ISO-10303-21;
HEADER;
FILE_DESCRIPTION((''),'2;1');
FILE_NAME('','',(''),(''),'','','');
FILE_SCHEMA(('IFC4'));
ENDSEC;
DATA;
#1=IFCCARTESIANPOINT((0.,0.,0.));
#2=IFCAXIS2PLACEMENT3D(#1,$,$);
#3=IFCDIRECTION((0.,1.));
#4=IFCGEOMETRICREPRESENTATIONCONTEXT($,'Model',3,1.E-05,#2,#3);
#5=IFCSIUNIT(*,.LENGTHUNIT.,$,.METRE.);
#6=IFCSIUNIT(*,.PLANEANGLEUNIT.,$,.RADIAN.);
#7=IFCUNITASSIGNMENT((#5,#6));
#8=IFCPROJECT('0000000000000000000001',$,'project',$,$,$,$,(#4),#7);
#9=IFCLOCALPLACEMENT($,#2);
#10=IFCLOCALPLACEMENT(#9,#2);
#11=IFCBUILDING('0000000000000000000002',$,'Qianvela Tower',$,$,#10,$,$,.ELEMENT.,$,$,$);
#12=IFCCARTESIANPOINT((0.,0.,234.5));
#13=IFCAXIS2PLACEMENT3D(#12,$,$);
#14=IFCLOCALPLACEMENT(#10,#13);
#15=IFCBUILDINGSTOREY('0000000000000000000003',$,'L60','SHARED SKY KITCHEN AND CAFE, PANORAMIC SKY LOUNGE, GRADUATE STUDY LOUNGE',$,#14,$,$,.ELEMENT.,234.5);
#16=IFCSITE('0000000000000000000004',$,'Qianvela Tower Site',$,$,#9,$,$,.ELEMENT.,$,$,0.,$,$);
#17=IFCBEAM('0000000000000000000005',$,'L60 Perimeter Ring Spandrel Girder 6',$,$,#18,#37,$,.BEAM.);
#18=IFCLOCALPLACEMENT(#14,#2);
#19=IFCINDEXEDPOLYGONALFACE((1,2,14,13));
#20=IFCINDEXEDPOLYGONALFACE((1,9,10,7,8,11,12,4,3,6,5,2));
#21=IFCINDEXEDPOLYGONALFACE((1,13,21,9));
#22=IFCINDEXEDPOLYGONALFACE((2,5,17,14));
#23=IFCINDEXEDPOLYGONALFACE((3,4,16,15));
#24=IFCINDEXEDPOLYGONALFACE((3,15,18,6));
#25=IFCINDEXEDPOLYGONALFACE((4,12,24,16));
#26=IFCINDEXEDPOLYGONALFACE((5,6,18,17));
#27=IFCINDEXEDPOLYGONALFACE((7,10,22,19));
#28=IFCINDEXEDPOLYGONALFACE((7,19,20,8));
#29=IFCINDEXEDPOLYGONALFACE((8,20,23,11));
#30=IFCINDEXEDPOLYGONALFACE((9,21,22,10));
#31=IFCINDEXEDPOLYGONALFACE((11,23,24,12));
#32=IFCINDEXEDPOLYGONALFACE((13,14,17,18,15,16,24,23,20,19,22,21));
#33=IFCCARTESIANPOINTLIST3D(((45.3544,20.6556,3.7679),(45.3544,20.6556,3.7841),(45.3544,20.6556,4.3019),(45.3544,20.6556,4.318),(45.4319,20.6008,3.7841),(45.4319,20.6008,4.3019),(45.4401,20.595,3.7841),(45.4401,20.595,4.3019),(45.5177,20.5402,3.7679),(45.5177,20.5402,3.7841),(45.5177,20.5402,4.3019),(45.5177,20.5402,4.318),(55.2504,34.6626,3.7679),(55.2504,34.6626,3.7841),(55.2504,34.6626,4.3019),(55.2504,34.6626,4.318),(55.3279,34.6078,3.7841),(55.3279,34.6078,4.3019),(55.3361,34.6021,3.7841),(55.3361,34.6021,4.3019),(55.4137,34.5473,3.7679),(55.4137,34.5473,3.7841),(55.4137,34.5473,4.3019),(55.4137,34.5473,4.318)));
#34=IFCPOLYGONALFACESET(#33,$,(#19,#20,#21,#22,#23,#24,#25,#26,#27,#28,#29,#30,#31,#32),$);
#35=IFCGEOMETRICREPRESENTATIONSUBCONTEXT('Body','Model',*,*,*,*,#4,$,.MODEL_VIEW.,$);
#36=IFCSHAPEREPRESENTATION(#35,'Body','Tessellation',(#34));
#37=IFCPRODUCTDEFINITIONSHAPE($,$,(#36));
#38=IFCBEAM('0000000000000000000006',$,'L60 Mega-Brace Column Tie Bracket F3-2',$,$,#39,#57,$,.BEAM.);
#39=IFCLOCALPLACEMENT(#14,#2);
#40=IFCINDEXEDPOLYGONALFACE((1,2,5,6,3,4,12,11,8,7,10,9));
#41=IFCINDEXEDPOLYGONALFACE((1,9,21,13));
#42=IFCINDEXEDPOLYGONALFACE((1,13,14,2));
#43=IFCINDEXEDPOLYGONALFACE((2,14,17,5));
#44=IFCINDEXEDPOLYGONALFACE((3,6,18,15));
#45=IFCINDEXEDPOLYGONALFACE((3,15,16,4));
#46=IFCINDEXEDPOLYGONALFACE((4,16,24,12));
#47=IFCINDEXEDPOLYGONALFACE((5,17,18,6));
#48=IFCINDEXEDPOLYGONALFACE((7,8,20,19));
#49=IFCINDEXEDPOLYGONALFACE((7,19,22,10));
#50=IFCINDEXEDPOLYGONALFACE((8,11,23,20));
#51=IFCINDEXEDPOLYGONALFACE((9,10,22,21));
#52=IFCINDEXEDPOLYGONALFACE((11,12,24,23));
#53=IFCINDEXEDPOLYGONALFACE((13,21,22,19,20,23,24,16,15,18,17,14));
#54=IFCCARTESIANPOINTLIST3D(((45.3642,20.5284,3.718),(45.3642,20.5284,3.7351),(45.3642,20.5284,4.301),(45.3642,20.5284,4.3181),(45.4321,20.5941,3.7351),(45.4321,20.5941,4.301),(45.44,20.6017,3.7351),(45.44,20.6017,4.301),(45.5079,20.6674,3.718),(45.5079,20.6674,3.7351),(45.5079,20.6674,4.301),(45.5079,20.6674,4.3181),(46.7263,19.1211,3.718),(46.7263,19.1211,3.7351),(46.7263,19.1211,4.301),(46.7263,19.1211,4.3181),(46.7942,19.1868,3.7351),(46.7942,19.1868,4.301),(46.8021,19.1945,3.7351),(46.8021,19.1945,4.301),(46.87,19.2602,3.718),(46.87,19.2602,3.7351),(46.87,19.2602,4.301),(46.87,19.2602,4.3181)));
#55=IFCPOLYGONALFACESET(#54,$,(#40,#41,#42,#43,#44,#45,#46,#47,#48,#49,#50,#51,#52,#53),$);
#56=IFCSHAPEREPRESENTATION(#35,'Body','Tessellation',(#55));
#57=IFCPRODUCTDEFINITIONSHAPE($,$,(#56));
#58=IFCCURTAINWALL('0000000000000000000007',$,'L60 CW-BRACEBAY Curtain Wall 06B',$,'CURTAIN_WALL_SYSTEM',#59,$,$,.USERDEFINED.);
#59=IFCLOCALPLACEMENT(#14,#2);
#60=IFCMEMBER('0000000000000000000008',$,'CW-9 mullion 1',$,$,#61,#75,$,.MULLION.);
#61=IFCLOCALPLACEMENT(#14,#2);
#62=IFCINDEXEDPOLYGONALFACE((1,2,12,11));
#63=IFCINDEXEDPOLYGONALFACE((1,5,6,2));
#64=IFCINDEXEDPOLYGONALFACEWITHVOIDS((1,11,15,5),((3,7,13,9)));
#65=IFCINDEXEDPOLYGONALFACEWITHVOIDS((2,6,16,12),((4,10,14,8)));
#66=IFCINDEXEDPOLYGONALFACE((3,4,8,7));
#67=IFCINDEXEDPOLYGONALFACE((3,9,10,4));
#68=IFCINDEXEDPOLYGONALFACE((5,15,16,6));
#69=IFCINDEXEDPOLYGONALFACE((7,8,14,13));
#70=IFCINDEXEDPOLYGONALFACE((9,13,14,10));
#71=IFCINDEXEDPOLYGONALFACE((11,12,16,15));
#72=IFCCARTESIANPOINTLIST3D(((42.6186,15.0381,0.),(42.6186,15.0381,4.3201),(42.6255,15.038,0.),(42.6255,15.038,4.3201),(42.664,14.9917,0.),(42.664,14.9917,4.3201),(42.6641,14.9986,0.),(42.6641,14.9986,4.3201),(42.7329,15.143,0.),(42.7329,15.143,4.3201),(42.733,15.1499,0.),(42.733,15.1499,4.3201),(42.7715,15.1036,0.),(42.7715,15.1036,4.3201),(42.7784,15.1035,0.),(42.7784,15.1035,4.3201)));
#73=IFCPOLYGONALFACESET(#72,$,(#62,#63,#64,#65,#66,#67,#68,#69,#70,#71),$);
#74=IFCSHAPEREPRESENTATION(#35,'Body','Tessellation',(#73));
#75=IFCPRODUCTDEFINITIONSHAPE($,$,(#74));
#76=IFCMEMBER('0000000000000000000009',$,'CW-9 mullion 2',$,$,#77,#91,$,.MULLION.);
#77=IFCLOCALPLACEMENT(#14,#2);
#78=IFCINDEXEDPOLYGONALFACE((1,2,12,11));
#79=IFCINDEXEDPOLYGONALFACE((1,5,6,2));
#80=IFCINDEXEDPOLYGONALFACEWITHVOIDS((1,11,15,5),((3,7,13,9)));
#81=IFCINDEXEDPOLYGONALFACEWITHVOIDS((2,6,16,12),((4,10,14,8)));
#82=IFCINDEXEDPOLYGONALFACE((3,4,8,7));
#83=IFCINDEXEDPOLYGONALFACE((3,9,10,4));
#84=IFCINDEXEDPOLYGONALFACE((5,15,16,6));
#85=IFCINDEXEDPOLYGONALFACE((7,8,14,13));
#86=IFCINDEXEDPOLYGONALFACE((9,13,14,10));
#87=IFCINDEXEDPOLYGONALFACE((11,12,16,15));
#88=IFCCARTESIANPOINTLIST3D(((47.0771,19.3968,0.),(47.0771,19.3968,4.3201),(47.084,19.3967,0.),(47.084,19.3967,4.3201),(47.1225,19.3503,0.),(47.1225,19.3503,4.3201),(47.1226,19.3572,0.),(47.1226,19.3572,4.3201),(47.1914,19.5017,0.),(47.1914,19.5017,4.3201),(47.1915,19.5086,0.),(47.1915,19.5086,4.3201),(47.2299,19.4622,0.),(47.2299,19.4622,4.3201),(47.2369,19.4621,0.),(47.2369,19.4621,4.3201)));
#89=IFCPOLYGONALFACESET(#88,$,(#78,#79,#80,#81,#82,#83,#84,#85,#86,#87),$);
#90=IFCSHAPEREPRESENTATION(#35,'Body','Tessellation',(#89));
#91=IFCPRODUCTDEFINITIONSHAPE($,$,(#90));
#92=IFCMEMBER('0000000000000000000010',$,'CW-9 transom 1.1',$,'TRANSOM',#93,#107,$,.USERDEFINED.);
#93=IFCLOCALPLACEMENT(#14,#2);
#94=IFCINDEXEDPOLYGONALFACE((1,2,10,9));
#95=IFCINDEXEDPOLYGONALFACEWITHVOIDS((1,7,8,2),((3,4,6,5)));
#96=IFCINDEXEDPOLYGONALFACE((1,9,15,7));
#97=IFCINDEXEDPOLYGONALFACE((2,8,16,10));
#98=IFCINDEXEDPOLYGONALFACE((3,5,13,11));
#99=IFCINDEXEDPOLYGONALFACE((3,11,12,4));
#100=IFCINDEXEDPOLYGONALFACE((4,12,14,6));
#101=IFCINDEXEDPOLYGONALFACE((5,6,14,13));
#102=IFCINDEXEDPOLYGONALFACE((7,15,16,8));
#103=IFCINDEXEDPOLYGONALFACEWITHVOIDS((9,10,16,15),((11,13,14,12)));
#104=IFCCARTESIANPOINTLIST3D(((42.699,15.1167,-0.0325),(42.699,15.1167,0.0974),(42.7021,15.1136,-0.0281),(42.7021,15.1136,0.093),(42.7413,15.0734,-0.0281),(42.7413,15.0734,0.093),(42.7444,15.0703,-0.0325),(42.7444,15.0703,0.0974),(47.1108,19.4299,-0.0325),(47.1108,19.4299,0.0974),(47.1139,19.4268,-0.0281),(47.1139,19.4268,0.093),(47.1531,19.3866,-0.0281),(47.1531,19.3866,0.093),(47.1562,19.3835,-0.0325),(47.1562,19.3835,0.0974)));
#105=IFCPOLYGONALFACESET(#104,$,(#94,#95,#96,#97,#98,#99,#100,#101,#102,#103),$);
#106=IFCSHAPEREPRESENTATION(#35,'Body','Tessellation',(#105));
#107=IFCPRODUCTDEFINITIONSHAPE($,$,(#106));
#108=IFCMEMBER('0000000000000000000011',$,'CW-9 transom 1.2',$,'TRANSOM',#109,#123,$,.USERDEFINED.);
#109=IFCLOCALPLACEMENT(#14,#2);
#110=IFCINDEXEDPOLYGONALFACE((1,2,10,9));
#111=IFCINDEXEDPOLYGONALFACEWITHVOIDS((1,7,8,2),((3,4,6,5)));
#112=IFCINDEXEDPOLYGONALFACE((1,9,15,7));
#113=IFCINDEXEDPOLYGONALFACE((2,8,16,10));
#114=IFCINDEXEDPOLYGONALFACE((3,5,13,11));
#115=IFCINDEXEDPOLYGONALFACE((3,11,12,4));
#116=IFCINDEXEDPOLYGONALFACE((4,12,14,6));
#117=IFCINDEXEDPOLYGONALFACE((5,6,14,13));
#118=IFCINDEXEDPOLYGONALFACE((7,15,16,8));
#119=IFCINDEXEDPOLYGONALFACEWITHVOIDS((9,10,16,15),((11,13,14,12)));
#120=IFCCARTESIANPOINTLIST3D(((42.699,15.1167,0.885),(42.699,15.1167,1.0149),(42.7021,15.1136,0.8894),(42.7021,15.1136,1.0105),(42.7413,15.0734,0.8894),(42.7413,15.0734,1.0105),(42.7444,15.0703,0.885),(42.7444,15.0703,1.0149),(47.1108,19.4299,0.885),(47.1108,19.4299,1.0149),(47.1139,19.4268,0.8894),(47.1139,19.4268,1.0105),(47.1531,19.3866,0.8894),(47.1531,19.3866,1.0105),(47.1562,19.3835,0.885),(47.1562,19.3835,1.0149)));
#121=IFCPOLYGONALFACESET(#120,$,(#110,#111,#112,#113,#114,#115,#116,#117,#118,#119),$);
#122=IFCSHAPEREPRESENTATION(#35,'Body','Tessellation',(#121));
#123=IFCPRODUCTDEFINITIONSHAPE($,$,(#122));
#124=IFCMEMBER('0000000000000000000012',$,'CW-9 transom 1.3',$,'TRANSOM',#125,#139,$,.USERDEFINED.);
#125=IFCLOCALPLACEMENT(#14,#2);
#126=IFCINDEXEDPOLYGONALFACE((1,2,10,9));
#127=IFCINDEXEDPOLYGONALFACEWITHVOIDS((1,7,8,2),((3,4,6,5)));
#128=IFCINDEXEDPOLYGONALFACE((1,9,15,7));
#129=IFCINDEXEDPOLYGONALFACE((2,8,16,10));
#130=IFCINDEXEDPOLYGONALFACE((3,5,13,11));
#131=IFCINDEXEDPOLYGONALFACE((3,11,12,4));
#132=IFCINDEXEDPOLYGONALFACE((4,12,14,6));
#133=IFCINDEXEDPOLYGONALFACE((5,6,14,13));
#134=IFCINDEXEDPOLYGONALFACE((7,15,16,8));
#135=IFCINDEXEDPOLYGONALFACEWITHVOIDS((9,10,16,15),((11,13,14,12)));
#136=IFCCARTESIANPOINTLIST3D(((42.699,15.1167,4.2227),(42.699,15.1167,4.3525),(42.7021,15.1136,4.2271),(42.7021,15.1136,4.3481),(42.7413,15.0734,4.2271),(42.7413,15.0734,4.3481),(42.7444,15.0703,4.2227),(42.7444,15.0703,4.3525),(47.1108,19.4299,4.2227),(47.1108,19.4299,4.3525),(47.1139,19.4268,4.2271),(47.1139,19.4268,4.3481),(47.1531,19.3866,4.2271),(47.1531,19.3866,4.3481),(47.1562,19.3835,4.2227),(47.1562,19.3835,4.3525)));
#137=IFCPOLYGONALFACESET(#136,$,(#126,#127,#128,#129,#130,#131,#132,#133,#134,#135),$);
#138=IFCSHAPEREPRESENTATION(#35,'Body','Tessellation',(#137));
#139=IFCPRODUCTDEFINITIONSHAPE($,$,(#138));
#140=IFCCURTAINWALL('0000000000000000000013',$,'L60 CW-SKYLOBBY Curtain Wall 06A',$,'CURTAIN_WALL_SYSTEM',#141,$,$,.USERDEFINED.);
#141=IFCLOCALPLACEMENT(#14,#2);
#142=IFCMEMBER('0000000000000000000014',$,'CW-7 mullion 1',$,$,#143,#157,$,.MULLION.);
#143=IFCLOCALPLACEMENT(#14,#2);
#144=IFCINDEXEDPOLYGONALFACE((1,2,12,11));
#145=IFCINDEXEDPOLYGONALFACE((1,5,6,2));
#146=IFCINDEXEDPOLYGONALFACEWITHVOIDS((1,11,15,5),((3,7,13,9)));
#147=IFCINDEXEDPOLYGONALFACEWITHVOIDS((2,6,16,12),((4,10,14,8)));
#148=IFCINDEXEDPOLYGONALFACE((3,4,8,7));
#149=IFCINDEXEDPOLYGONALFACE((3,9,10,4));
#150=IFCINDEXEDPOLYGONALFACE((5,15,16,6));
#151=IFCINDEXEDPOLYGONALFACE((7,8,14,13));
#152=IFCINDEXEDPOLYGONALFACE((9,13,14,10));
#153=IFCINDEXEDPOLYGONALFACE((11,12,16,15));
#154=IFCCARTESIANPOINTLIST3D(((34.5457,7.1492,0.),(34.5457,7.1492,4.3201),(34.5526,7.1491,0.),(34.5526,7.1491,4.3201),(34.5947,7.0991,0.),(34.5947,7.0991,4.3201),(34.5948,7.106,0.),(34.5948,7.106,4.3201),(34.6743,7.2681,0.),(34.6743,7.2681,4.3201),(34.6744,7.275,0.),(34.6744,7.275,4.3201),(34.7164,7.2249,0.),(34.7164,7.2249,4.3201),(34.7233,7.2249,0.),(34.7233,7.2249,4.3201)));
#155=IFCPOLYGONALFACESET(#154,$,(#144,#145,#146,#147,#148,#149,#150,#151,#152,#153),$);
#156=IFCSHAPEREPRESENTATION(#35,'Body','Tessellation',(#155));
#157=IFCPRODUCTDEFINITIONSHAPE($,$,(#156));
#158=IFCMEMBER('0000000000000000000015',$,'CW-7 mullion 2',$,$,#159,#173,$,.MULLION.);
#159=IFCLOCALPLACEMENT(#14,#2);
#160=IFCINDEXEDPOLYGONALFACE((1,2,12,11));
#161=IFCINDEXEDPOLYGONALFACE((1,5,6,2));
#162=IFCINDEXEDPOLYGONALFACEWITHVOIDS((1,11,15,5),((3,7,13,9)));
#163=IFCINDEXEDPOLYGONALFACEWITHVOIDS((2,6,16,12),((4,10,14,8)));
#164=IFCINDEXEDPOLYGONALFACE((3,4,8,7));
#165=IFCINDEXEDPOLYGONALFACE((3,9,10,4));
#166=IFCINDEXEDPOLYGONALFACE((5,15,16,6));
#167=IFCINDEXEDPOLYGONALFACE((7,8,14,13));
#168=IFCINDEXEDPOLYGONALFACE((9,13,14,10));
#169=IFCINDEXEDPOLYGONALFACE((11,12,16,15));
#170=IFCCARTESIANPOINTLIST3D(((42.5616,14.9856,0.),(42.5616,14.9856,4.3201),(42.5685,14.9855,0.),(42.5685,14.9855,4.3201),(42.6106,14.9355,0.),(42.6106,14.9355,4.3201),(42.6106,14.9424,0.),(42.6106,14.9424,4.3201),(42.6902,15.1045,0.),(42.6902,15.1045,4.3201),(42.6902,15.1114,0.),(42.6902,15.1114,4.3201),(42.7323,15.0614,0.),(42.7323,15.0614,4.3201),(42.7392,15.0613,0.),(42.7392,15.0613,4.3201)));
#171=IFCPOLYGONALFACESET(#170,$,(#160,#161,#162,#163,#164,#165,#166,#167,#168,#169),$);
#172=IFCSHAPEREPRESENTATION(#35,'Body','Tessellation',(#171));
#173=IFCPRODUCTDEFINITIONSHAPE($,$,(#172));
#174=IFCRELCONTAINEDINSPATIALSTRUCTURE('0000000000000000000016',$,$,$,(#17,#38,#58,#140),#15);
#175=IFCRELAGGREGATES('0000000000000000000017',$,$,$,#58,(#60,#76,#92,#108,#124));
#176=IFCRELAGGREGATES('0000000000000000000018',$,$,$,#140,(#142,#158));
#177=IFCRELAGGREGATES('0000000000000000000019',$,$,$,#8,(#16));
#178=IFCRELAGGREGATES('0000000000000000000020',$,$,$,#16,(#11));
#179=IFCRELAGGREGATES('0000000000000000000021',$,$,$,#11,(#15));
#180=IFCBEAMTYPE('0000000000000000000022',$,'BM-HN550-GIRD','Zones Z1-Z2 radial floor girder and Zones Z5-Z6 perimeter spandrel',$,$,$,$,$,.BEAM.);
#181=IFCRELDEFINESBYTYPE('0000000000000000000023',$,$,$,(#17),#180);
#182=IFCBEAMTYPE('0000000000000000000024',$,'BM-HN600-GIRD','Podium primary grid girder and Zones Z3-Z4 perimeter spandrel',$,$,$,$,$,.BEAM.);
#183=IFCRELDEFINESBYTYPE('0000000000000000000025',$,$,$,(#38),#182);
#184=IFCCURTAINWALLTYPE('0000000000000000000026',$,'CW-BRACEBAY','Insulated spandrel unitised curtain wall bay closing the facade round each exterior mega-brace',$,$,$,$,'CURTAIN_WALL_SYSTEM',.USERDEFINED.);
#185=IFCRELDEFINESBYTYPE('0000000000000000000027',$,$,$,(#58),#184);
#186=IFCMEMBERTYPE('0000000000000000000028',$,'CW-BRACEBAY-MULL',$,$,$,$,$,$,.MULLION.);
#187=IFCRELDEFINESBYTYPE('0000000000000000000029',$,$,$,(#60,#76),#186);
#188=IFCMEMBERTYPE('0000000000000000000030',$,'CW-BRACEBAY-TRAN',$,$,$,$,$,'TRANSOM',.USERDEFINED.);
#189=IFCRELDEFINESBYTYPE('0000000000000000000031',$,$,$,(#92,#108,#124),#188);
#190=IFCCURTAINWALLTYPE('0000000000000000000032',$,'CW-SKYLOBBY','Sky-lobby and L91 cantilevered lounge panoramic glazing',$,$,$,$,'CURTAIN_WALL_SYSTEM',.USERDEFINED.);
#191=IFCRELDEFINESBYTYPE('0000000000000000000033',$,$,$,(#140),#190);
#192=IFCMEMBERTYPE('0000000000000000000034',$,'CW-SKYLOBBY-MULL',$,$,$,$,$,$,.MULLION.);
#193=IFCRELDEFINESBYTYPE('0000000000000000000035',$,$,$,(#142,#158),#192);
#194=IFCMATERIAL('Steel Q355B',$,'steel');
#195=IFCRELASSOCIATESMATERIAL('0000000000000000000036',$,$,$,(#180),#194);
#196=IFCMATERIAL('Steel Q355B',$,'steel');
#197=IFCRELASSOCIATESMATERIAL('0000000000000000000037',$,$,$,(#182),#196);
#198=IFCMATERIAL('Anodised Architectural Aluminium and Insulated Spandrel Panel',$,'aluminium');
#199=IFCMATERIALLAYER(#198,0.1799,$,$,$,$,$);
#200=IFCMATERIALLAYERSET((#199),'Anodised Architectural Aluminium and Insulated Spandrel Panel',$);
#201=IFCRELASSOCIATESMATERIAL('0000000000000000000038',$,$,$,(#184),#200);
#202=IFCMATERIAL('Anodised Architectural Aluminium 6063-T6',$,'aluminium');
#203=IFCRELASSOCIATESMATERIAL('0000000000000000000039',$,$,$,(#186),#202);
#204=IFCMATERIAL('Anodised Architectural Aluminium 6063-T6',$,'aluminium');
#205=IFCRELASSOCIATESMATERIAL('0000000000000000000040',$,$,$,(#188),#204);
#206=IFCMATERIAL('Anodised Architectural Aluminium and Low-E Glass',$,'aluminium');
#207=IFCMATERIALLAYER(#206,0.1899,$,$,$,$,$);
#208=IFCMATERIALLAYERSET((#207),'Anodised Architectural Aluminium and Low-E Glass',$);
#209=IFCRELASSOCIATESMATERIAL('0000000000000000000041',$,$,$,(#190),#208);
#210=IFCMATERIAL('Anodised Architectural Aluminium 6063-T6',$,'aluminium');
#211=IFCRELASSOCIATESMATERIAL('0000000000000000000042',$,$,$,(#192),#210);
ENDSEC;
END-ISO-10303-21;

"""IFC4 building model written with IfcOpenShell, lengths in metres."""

from ifc_helpers import new_model, si_unit, direction, frame, origin, origin_2d, place, context, subcontext, project, spatial, hollow_rectangle, i_section, extrude, material, layer, layer_set, material_profile, profile_set, type_object, element, aggregate, save


model = new_model("IFC4")

# Units and contexts
model_context = context("Model", 3, precision=1e-05, world=origin(), true_north=direction((0.0, 1.0)))
body_context = subcontext(model_context, "Body", "Model", "MODEL_VIEW")
ifc_project = project(units=[si_unit("LENGTHUNIT", "METRE"), si_unit("PLANEANGLEUNIT", "RADIAN")], contexts=[model_context])

# Site, building, storey
site_placement = place(None, origin())
site = spatial("IfcSite", under=ifc_project, at=site_placement, Name="Qianvela Tower Site", CompositionType="ELEMENT", RefElevation=0.0)
building_placement = place(site_placement, origin())
building = spatial("IfcBuilding", under=site, at=building_placement, Name="Qianvela Tower", CompositionType="ELEMENT")
storey_placement = place(building_placement, frame((0.0, 0.0, 234.5)))
storey = spatial("IfcBuildingStorey", under=building, at=storey_placement, Name="L60", Description="SHARED SKY KITCHEN AND CAFE, PANORAMIC SKY LOUNGE, GRADUATE STUDY LOUNGE", CompositionType="ELEMENT", Elevation=234.5)

# Beams
ifc_material_1 = material(Name="Steel Q355B", Category="steel")
ifc_material_profile_1 = material_profile(ifc_material_1, i_section(OverallWidth=0.2, OverallDepth=0.55, WebThickness=0.01, FlangeThickness=0.0161, at=origin_2d()), Name="HN550x200x10x16")
ifc_profile_set_1 = profile_set([ifc_material_profile_1], Name="Steel Q355B")
beam_type_1 = type_object("IfcBeamType", Name="BM-HN550-GIRD", Description="Zones Z1-Z2 radial floor girder and Zones Z5-Z6 perimeter spandrel", PredefinedType="BEAM", material=ifc_profile_set_1)
beam_1_placement = place(storey_placement, frame((45.436, 20.5979, 4.043), z_axis=(0.57702, 0.81673, 0.0), x_axis=(-0.81673, 0.57702, 0.0)))
element("IfcBeam", 1, at=beam_1_placement, inside=storey, type_object=beam_type_1, Name="L60 Perimeter Ring Spandrel Girder 6", PredefinedType="BEAM", context=body_context, shape_type="SweptSolid", body=[
    extrude(i_section(OverallWidth=0.2, OverallDepth=0.55, WebThickness=0.01, FlangeThickness=0.0161, at=origin_2d()), origin(), (0.0, 0.0, 1.0), 17.1501),
])
ifc_material_2 = material(Name="Steel Q355B", Category="steel")
ifc_material_profile_2 = material_profile(ifc_material_2, i_section(OverallWidth=0.2, OverallDepth=0.6001, WebThickness=0.011, FlangeThickness=0.0171, at=origin_2d()), Name="HN600x200x11x17")
ifc_profile_set_2 = profile_set([ifc_material_profile_2], Name="Steel Q355B")
beam_type_2 = type_object("IfcBeamType", Name="BM-HN600-GIRD", Description="Podium primary grid girder and Zones Z3-Z4 perimeter spandrel", PredefinedType="BEAM", material=ifc_profile_set_2)
beam_2_placement = place(storey_placement, frame((45.436, 20.5979, 4.0181), z_axis=(0.695482, -0.718544, 0.0), x_axis=(0.718544, 0.695482, 0.0)))
element("IfcBeam", 2, at=beam_2_placement, inside=storey, type_object=beam_type_2, Name="L60 Mega-Brace Column Tie Bracket F3-2", PredefinedType="BEAM", context=body_context, shape_type="SweptSolid", body=[
    extrude(i_section(OverallWidth=0.2, OverallDepth=0.6001, WebThickness=0.011, FlangeThickness=0.0171, at=origin_2d()), origin(), (0.0, 0.0, 1.0), 1.9585),
])

# Curtain walls, members
ifc_material_3 = material(Name="Anodised Architectural Aluminium and Insulated Spandrel Panel", Category="aluminium")
ifc_layer_1 = layer(ifc_material_3, 0.1799)
ifc_layer_set_1 = layer_set([ifc_layer_1], Name="Anodised Architectural Aluminium and Insulated Spandrel Panel")
curtain_wall_type_1 = type_object("IfcCurtainWallType", Name="CW-BRACEBAY", Description="Insulated spandrel unitised curtain wall bay closing the facade round each exterior mega-brace", ElementType="CURTAIN_WALL_SYSTEM", PredefinedType="USERDEFINED", material=ifc_layer_set_1)
curtain_wall_1_placement = place(storey_placement, origin())
curtain_wall_1 = element("IfcCurtainWall", 3, at=curtain_wall_1_placement, inside=storey, type_object=curtain_wall_type_1, Name="L60 CW-BRACEBAY Curtain Wall 06B", ObjectType="CURTAIN_WALL_SYSTEM", PredefinedType="USERDEFINED")
ifc_material_4 = material(Name="Anodised Architectural Aluminium 6063-T6", Category="aluminium")
ifc_material_profile_3 = material_profile(ifc_material_4, hollow_rectangle(XDim=0.0649, YDim=0.1599, WallThickness=0.0049, at=origin_2d()), Name="ALU-MULL-65x160")
ifc_profile_set_3 = profile_set([ifc_material_profile_3], Name="Anodised Architectural Aluminium 6063-T6")
member_type_1 = type_object("IfcMemberType", Name="CW-BRACEBAY-MULL", PredefinedType="MULLION", material=ifc_profile_set_3)
member_1_placement = place(storey_placement, frame((42.6985, 15.0708, 0.0), z_axis=(0.0, 0.0, 1.0), x_axis=(-0.699078, 0.715046, 0.0)))
member_1 = element("IfcMember", 4, at=member_1_placement, type_object=member_type_1, Name="CW-9 mullion 1", PredefinedType="MULLION", context=body_context, shape_type="SweptSolid", body=[
    extrude(hollow_rectangle(XDim=0.0649, YDim=0.1599, WallThickness=0.0049, at=origin_2d()), origin(), (0.0, 0.0, 1.0), 4.3201),
])
member_2_placement = place(storey_placement, frame((47.157, 19.4294, 0.0), z_axis=(0.0, 0.0, 1.0), x_axis=(-0.699078, 0.715046, 0.0)))
member_2 = element("IfcMember", 5, at=member_2_placement, type_object=member_type_1, Name="CW-9 mullion 2", PredefinedType="MULLION", context=body_context, shape_type="SweptSolid", body=[
    extrude(hollow_rectangle(XDim=0.0649, YDim=0.1599, WallThickness=0.0049, at=origin_2d()), origin(), (0.0, 0.0, 1.0), 4.3201),
])
ifc_material_5 = material(Name="Anodised Architectural Aluminium 6063-T6", Category="aluminium")
ifc_material_profile_4 = material_profile(ifc_material_5, hollow_rectangle(XDim=0.0649, YDim=0.1299, WallThickness=0.0044, at=origin_2d()), Name="ALU-TRAN-65x130")
ifc_profile_set_4 = profile_set([ifc_material_profile_4], Name="Anodised Architectural Aluminium 6063-T6")
member_type_2 = type_object("IfcMemberType", Name="CW-BRACEBAY-TRAN", ElementType="TRANSOM", PredefinedType="USERDEFINED", material=ifc_profile_set_4)
member_3_placement = place(storey_placement, frame((42.7217, 15.0935, 0.0325), z_axis=(0.715055, 0.699069, 0.0), x_axis=(-0.699069, 0.715055, 0.0)))
member_3 = element("IfcMember", 6, at=member_3_placement, type_object=member_type_2, Name="CW-9 transom 1.1", ObjectType="TRANSOM", PredefinedType="USERDEFINED", context=body_context, shape_type="SweptSolid", body=[
    extrude(hollow_rectangle(XDim=0.0649, YDim=0.1299, WallThickness=0.0044, at=origin_2d()), origin(), (0.0, 0.0, 1.0), 6.1699),
])
member_4_placement = place(storey_placement, frame((42.7217, 15.0935, 0.95), z_axis=(0.715055, 0.699069, 0.0), x_axis=(-0.699069, 0.715055, 0.0)))
member_4 = element("IfcMember", 7, at=member_4_placement, type_object=member_type_2, Name="CW-9 transom 1.2", ObjectType="TRANSOM", PredefinedType="USERDEFINED", context=body_context, shape_type="SweptSolid", body=[
    extrude(hollow_rectangle(XDim=0.0649, YDim=0.1299, WallThickness=0.0044, at=origin_2d()), origin(), (0.0, 0.0, 1.0), 6.1699),
])
member_5_placement = place(storey_placement, frame((42.7217, 15.0935, 4.2876), z_axis=(0.715055, 0.699069, 0.0), x_axis=(-0.699069, 0.715055, 0.0)))
member_5 = element("IfcMember", 8, at=member_5_placement, type_object=member_type_2, Name="CW-9 transom 1.3", ObjectType="TRANSOM", PredefinedType="USERDEFINED", context=body_context, shape_type="SweptSolid", body=[
    extrude(hollow_rectangle(XDim=0.0649, YDim=0.1299, WallThickness=0.0044, at=origin_2d()), origin(), (0.0, 0.0, 1.0), 6.1699),
])
ifc_material_6 = material(Name="Anodised Architectural Aluminium and Low-E Glass", Category="aluminium")
ifc_layer_2 = layer(ifc_material_6, 0.1899)
ifc_layer_set_2 = layer_set([ifc_layer_2], Name="Anodised Architectural Aluminium and Low-E Glass")
curtain_wall_type_2 = type_object("IfcCurtainWallType", Name="CW-SKYLOBBY", Description="Sky-lobby and L91 cantilevered lounge panoramic glazing", ElementType="CURTAIN_WALL_SYSTEM", PredefinedType="USERDEFINED", material=ifc_layer_set_2)
curtain_wall_2_placement = place(storey_placement, origin())
curtain_wall_2 = element("IfcCurtainWall", 9, at=curtain_wall_2_placement, inside=storey, type_object=curtain_wall_type_2, Name="L60 CW-SKYLOBBY Curtain Wall 06A", ObjectType="CURTAIN_WALL_SYSTEM", PredefinedType="USERDEFINED")
ifc_material_7 = material(Name="Anodised Architectural Aluminium 6063-T6", Category="aluminium")
ifc_material_profile_5 = material_profile(ifc_material_7, hollow_rectangle(XDim=0.0701, YDim=0.1799, WallThickness=0.0049, at=origin_2d()), Name="ALU-MULL-70x180")
ifc_profile_set_5 = profile_set([ifc_material_profile_5], Name="Anodised Architectural Aluminium 6063-T6")
member_type_3 = type_object("IfcMemberType", Name="CW-SKYLOBBY-MULL", PredefinedType="MULLION", material=ifc_profile_set_5)
member_6_placement = place(storey_placement, frame((34.6345, 7.187, 0.0), z_axis=(0.0, 0.0, 1.0), x_axis=(-0.699074, 0.715049, 0.0)))
member_6 = element("IfcMember", 10, at=member_6_placement, type_object=member_type_3, Name="CW-7 mullion 1", PredefinedType="MULLION", context=body_context, shape_type="SweptSolid", body=[
    extrude(hollow_rectangle(XDim=0.0701, YDim=0.1799, WallThickness=0.0049, at=origin_2d()), origin(), (0.0, 0.0, 1.0), 4.3201),
])
member_7_placement = place(storey_placement, frame((42.6504, 15.0234, 0.0), z_axis=(0.0, 0.0, 1.0), x_axis=(-0.699074, 0.715049, 0.0)))
member_7 = element("IfcMember", 11, at=member_7_placement, type_object=member_type_3, Name="CW-7 mullion 2", PredefinedType="MULLION", context=body_context, shape_type="SweptSolid", body=[
    extrude(hollow_rectangle(XDim=0.0701, YDim=0.1799, WallThickness=0.0049, at=origin_2d()), origin(), (0.0, 0.0, 1.0), 4.3201),
])

aggregate(curtain_wall_1, [member_1, member_2, member_3, member_4, member_5])
aggregate(curtain_wall_2, [member_6, member_7])

save(model, "model.ifc")
